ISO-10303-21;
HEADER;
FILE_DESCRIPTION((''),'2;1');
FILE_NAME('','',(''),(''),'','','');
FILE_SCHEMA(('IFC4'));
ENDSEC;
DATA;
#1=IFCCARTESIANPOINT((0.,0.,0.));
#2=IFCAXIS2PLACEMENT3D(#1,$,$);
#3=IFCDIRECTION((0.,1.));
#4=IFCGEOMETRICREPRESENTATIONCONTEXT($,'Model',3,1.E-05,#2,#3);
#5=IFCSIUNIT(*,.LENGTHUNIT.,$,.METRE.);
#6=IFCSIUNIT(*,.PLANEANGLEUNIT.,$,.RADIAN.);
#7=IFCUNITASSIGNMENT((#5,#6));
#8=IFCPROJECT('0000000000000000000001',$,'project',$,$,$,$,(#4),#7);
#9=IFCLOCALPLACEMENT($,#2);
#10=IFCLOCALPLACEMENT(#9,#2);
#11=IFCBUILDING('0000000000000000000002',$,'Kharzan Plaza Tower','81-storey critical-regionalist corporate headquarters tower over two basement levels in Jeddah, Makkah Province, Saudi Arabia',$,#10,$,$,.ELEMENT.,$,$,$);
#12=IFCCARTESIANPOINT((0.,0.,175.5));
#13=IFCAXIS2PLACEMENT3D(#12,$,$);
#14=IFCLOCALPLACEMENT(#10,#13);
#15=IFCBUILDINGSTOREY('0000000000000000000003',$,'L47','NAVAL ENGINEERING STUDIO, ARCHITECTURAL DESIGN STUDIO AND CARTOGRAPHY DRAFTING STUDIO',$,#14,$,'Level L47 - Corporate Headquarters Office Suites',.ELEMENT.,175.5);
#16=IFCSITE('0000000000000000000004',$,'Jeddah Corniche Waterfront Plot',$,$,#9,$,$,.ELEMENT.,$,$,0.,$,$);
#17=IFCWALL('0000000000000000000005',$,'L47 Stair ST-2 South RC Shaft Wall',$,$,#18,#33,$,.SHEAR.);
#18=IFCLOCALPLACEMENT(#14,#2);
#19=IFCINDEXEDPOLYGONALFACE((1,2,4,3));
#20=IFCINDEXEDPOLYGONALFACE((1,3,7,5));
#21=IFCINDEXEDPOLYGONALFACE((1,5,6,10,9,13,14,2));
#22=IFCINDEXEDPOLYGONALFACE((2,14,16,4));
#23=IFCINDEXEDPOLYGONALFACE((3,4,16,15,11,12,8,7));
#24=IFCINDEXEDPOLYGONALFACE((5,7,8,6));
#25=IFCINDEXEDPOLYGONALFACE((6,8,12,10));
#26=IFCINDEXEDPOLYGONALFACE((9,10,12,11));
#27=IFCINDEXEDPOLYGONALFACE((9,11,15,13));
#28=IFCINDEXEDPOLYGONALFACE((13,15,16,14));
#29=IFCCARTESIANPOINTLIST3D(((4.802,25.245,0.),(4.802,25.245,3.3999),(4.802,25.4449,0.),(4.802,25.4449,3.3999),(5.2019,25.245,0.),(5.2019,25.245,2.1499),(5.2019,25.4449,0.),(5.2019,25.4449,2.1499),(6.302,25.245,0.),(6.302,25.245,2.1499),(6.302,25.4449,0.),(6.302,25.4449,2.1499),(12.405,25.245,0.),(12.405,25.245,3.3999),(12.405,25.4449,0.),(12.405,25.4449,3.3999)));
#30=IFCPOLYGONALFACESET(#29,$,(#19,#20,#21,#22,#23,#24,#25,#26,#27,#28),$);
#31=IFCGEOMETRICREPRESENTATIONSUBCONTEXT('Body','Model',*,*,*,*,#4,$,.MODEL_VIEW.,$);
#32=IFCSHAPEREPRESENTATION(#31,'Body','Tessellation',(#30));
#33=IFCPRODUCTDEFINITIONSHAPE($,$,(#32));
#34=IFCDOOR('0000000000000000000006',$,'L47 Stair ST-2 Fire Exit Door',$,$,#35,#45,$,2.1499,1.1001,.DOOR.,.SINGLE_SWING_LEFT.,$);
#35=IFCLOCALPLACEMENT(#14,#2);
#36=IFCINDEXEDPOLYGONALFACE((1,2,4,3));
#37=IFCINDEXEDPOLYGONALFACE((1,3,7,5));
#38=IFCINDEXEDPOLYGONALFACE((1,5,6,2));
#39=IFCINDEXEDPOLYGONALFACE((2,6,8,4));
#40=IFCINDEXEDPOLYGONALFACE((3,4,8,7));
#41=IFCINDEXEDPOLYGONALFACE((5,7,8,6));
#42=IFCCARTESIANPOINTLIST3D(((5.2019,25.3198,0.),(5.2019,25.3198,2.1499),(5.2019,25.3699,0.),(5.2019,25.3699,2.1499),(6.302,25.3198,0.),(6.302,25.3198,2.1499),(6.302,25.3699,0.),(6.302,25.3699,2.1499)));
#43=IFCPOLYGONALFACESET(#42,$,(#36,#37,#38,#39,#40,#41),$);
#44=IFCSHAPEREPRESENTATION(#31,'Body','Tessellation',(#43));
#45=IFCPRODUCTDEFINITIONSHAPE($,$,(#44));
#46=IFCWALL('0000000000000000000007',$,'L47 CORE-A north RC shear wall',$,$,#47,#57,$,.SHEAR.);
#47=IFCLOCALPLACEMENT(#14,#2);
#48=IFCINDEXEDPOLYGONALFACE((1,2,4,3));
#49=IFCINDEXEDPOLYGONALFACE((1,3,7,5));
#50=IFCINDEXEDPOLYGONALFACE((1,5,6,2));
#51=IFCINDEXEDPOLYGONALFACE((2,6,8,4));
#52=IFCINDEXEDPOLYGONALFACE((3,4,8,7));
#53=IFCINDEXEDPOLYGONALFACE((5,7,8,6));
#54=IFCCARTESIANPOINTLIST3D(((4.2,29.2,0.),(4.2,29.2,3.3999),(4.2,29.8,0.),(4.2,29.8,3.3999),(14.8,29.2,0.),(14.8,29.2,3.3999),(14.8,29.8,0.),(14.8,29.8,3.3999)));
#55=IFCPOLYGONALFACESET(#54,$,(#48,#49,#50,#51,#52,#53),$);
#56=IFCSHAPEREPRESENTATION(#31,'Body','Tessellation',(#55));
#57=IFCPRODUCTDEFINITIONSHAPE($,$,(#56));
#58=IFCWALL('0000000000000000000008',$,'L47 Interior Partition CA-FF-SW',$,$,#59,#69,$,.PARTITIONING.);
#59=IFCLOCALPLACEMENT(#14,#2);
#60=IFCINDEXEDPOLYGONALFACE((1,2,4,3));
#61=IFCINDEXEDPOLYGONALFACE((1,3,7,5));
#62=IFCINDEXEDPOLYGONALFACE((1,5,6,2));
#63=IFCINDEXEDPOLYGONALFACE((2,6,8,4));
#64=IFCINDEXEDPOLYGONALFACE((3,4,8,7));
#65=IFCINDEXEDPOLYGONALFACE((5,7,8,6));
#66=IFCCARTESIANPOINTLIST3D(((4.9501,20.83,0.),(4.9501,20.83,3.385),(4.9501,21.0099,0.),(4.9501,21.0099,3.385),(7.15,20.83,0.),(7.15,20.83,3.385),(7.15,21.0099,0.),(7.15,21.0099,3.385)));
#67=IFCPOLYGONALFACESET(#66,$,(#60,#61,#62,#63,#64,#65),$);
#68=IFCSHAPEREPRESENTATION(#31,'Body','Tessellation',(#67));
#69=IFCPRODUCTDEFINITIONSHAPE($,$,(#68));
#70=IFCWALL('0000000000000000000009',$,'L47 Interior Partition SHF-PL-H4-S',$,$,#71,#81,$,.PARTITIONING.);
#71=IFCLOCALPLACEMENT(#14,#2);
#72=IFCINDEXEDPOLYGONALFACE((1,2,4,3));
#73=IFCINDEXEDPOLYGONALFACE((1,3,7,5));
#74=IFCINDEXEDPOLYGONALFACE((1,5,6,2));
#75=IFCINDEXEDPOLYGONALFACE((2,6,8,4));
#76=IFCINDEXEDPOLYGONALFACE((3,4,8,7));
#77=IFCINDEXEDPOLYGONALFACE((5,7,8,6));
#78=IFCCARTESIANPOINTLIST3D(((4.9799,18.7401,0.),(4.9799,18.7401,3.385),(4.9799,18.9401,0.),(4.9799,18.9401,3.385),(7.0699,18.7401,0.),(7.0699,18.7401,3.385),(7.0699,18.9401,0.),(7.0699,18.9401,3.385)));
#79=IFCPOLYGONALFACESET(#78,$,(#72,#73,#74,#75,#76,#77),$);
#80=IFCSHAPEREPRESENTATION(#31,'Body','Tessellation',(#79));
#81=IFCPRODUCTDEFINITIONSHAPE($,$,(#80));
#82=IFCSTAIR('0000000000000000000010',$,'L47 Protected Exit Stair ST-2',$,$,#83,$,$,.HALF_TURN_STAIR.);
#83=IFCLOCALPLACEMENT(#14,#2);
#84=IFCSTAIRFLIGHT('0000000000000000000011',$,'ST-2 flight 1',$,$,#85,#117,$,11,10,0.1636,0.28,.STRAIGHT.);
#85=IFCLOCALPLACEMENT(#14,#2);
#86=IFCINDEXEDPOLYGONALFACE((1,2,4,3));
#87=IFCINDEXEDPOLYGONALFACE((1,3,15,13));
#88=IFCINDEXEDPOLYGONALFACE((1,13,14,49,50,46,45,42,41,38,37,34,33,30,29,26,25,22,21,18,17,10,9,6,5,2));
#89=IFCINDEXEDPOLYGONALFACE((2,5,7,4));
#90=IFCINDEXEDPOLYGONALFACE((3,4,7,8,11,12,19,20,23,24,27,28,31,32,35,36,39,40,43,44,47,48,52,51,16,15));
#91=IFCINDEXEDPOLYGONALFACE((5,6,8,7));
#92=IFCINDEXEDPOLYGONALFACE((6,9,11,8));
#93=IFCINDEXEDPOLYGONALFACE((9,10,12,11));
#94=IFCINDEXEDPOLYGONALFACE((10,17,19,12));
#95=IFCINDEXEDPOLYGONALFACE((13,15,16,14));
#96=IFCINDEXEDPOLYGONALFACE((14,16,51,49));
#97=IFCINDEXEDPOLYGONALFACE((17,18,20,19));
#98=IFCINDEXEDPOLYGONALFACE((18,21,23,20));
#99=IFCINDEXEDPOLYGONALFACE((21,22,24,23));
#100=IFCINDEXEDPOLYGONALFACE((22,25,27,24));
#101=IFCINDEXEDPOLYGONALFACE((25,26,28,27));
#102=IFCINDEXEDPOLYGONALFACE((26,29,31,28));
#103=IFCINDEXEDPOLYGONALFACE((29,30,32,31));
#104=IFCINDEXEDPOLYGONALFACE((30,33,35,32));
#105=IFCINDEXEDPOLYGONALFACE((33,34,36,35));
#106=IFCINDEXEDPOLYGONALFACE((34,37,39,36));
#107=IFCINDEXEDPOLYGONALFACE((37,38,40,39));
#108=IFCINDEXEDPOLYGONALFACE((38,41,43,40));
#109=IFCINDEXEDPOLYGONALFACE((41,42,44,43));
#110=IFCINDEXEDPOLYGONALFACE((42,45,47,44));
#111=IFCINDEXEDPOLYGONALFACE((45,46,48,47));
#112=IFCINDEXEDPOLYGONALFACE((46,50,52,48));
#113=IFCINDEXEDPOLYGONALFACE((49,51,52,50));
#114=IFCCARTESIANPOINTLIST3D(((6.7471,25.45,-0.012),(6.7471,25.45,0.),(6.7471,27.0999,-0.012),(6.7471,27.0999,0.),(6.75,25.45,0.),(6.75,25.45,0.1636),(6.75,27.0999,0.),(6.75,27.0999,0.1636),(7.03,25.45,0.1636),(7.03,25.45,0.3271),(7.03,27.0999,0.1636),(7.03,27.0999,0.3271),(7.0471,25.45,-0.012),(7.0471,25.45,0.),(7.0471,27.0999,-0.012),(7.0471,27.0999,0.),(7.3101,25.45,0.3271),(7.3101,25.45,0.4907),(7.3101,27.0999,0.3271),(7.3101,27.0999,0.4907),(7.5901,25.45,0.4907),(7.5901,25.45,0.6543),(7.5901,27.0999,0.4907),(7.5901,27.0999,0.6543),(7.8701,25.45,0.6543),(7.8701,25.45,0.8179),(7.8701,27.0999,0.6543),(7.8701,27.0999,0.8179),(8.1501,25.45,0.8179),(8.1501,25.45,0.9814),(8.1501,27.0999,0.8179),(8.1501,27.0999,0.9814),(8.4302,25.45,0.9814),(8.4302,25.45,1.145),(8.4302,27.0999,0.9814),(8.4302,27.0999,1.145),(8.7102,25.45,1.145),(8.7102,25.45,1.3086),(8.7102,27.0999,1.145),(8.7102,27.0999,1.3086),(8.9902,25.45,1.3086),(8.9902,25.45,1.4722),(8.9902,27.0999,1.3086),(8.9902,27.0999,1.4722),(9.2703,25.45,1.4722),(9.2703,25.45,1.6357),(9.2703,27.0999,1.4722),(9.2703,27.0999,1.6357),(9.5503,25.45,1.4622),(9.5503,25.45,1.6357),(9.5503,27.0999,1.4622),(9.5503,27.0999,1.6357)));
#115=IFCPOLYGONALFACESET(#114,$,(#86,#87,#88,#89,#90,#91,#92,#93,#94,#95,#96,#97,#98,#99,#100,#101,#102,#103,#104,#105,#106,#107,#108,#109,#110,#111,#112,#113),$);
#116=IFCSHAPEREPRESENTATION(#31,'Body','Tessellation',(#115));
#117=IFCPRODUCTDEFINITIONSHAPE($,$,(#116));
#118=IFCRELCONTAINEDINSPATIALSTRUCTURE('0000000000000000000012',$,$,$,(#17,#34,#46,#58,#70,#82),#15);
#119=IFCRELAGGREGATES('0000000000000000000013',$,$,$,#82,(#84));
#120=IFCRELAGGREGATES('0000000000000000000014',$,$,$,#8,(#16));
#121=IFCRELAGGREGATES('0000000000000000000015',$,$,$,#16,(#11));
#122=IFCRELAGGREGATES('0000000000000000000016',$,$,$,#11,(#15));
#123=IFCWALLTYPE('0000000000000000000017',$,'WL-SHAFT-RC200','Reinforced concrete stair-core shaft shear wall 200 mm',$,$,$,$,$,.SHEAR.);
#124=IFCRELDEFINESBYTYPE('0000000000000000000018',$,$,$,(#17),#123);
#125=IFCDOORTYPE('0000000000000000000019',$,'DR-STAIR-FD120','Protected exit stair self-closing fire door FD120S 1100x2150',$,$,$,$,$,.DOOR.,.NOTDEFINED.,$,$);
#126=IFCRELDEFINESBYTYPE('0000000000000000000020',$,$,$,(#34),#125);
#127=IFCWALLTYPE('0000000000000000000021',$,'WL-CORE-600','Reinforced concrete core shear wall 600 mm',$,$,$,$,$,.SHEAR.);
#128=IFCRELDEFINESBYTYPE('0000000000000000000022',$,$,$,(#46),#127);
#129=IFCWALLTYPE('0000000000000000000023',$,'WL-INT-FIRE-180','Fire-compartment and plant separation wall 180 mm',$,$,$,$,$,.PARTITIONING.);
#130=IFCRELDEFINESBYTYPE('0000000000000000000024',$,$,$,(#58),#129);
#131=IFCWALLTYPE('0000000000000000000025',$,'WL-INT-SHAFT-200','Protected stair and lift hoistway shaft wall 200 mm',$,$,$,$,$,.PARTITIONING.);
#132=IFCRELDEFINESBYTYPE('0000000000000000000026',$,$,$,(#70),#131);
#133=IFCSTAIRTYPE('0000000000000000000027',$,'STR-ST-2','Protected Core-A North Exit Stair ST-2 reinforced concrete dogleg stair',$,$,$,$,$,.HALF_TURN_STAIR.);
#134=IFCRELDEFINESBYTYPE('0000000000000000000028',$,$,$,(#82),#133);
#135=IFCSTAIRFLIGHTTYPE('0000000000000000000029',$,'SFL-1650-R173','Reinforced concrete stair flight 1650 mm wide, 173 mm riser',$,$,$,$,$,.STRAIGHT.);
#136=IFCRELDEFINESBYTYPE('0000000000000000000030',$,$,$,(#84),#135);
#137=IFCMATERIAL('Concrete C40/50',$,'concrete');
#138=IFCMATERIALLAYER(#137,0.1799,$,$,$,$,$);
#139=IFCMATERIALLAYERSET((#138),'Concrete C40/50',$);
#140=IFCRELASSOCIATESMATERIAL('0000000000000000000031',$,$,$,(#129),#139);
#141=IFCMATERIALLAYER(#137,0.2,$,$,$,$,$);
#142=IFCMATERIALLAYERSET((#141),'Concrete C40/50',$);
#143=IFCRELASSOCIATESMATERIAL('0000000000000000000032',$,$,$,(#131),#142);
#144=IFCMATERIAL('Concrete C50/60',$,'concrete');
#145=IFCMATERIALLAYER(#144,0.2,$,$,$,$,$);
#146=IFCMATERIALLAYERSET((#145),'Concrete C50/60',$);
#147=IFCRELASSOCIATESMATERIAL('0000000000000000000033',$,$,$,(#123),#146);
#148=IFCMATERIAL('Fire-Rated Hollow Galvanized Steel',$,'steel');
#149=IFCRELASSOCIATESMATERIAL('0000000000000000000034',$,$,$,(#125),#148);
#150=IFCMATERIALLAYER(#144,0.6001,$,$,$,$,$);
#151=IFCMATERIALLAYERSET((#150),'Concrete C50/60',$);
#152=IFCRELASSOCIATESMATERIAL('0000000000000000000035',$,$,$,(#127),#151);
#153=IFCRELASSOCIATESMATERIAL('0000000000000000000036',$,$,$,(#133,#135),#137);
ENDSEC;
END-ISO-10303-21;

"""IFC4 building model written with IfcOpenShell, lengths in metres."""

from ifc_helpers import new_model, si_unit, direction, frame, frame_2d, origin, place, context, subcontext, project, spatial, polyline, rectangle, outline, extrude, source, transform, mapped, material, layer, layer_set, type_object, element, fill, aggregate, save


model = new_model("IFC4")

# Units and contexts
model_context = context("Model", 3, precision=1e-05, world=origin(), true_north=direction((0.0, 1.0)))
body_context = subcontext(model_context, "Body", "Model", "MODEL_VIEW")
ifc_project = project(units=[si_unit("LENGTHUNIT", "METRE"), si_unit("PLANEANGLEUNIT", "RADIAN")], contexts=[model_context])

# Site, building, storey
site_placement = place(None, origin())
site = spatial("IfcSite", under=ifc_project, at=site_placement, Name="Jeddah Corniche Waterfront Plot", CompositionType="ELEMENT", RefElevation=0.0)
building_placement = place(site_placement, origin())
building = spatial("IfcBuilding", under=site, at=building_placement, Name="Kharzan Plaza Tower", Description="81-storey critical-regionalist corporate headquarters tower over two basement levels in Jeddah, Makkah Province, Saudi Arabia", CompositionType="ELEMENT")
storey_placement = place(building_placement, frame((0.0, 0.0, 175.5)))
storey = spatial("IfcBuildingStorey", under=building, at=storey_placement, Name="L47", Description="NAVAL ENGINEERING STUDIO, ARCHITECTURAL DESIGN STUDIO AND CARTOGRAPHY DRAFTING STUDIO", LongName="Level L47 - Corporate Headquarters Office Suites", CompositionType="ELEMENT", Elevation=175.5)

# Shared definitions
ifc_material_1 = material(Name="Concrete C50/60", Category="concrete")

# Shared definitions
ifc_material_2 = material(Name="Concrete C40/50", Category="concrete")

# Wall, opening, door
ifc_layer_1 = layer(ifc_material_2, 0.1799)
ifc_layer_set_1 = layer_set([ifc_layer_1], Name="Concrete C40/50")
wall_type_1 = type_object("IfcWallType", Name="WL-INT-FIRE-180", Description="Fire-compartment and plant separation wall 180 mm", PredefinedType="PARTITIONING", material=ifc_layer_set_1)
ifc_layer_2 = layer(ifc_material_2, 0.2)
ifc_layer_set_2 = layer_set([ifc_layer_2], Name="Concrete C40/50")
wall_type_2 = type_object("IfcWallType", Name="WL-INT-SHAFT-200", Description="Protected stair and lift hoistway shaft wall 200 mm", PredefinedType="PARTITIONING", material=ifc_layer_set_2)
ifc_layer_3 = layer(ifc_material_1, 0.2)
ifc_layer_set_3 = layer_set([ifc_layer_3], Name="Concrete C50/60")
wall_type_3 = type_object("IfcWallType", Name="WL-SHAFT-RC200", Description="Reinforced concrete stair-core shaft shear wall 200 mm", PredefinedType="SHEAR", material=ifc_layer_set_3)
wall_1_placement = place(storey_placement, frame((4.802, 25.345, 0.0), z_axis=(0.0, 0.0, 1.0), x_axis=(1.0, 0.0, 0.0)))
wall_1 = element("IfcWall", 1, at=wall_1_placement, inside=storey, type_object=wall_type_3, Name="L47 Stair ST-2 South RC Shaft Wall", PredefinedType="SHEAR", context=body_context, shape_type="SweptSolid", body=[
    extrude(rectangle(XDim=7.603, YDim=0.2, at=frame_2d((3.8015, 0.0))), origin(), (0.0, 0.0, 1.0), 3.3999),
])
opening_1_placement = place(wall_1_placement, frame((0.3999, 0.0, 0.0)))
opening_1 = element("IfcOpeningElement", 2, at=opening_1_placement, cuts=wall_1, PredefinedType="OPENING", context=body_context, shape_type="SweptSolid", body=[
    extrude(rectangle(XDim=1.1001, YDim=2.1499, at=frame_2d((0.55, 1.075))), frame((0.0, 0.1099, 0.0), z_axis=(0.0, -1.0, 0.0), x_axis=(1.0, 0.0, 0.0)), (0.0, 0.0, 1.0), 0.22),
])
ifc_material_3 = material(Name="Fire-Rated Hollow Galvanized Steel", Category="steel")
door_type_1 = type_object("IfcDoorType", Name="DR-STAIR-FD120", Description="Protected exit stair self-closing fire door FD120S 1100x2150", OperationType="NOTDEFINED", PredefinedType="DOOR", material=ifc_material_3)
shared_shape_1 = source(origin(), body_context, "Body", "SweptSolid", [
    extrude(rectangle(XDim=1.1001, YDim=2.1499, at=frame_2d((0.55, 1.075))), frame((0.0, 0.0249, 0.0), z_axis=(0.0, -1.0, 0.0), x_axis=(1.0, 0.0, 0.0)), (0.0, 0.0, 1.0), 0.05),
])
door_1_placement = place(opening_1_placement, origin())
door_1 = element("IfcDoor", 3, at=door_1_placement, inside=storey, type_object=door_type_1, Name="L47 Stair ST-2 Fire Exit Door", OperationType="SINGLE_SWING_LEFT", OverallHeight=2.1499, OverallWidth=1.1001, PredefinedType="DOOR", context=body_context, shape_type="MappedRepresentation", body=[
    mapped(shared_shape_1, transform((0.0, 0.0, 0.0), x_axis=(1.0, 0.0, 0.0), y_axis=(0.0, 1.0, 0.0), z_axis=(0.0, 0.0, 1.0))),
])
fill(opening_1, door_1)

# Walls
ifc_layer_4 = layer(ifc_material_1, 0.6001)
ifc_layer_set_4 = layer_set([ifc_layer_4], Name="Concrete C50/60")
wall_type_4 = type_object("IfcWallType", Name="WL-CORE-600", Description="Reinforced concrete core shear wall 600 mm", PredefinedType="SHEAR", material=ifc_layer_set_4)
shared_shape_2 = source(origin(), body_context, "Body", "SweptSolid", [
    extrude(rectangle(XDim=10.6001, YDim=0.6001, at=frame_2d((5.3, 0.0))), origin(), (0.0, 0.0, 1.0), 3.3999),
])
wall_2_placement = place(storey_placement, frame((4.2, 29.5, 0.0), z_axis=(0.0, 0.0, 1.0), x_axis=(1.0, 0.0, 0.0)))
element("IfcWall", 4, at=wall_2_placement, inside=storey, type_object=wall_type_4, Name="L47 CORE-A north RC shear wall", PredefinedType="SHEAR", context=body_context, shape_type="MappedRepresentation", body=[
    mapped(shared_shape_2, transform((0.0, 0.0, 0.0), x_axis=(1.0, 0.0, 0.0), y_axis=(0.0, 1.0, 0.0), z_axis=(0.0, 0.0, 1.0))),
])
shared_shape_3 = source(origin(), body_context, "Body", "SweptSolid", [
    extrude(rectangle(XDim=2.2, YDim=0.1799, at=frame_2d((1.1001, 0.0))), origin(), (0.0, 0.0, 1.0), 3.385),
])
wall_3_placement = place(storey_placement, frame((4.95, 20.9199, 0.0), z_axis=(0.0, 0.0, 1.0), x_axis=(1.0, 0.0, 0.0)))
element("IfcWall", 5, at=wall_3_placement, inside=storey, type_object=wall_type_1, Name="L47 Interior Partition CA-FF-SW", PredefinedType="PARTITIONING", context=body_context, shape_type="MappedRepresentation", body=[
    mapped(shared_shape_3, transform((0.0, 0.0, 0.0), x_axis=(1.0, 0.0, 0.0), y_axis=(0.0, 1.0, 0.0), z_axis=(0.0, 0.0, 1.0))),
])
shared_shape_4 = source(origin(), body_context, "Body", "SweptSolid", [
    extrude(rectangle(XDim=2.0901, YDim=0.2, at=frame_2d((1.0449, 0.0))), origin(), (0.0, 0.0, 1.0), 3.385),
])
wall_4_placement = place(storey_placement, frame((4.98, 18.8401, 0.0), z_axis=(0.0, 0.0, 1.0), x_axis=(1.0, 0.0, 0.0)))
element("IfcWall", 6, at=wall_4_placement, inside=storey, type_object=wall_type_2, Name="L47 Interior Partition SHF-PL-H4-S", PredefinedType="PARTITIONING", context=body_context, shape_type="MappedRepresentation", body=[
    mapped(shared_shape_4, transform((0.0, 0.0, 0.0), x_axis=(1.0, 0.0, 0.0), y_axis=(0.0, 1.0, 0.0), z_axis=(0.0, 0.0, 1.0))),
])

# Stair, stair flight
stair_type = type_object("IfcStairType", Name="STR-ST-2", Description="Protected Core-A North Exit Stair ST-2 reinforced concrete dogleg stair", PredefinedType="HALF_TURN_STAIR", material=ifc_material_2)
stair_placement = place(storey_placement, origin())
stair = element("IfcStair", 7, at=stair_placement, inside=storey, type_object=stair_type, Name="L47 Protected Exit Stair ST-2", PredefinedType="HALF_TURN_STAIR")
stair_flight_type = type_object("IfcStairFlightType", Name="SFL-1650-R173", Description="Reinforced concrete stair flight 1650 mm wide, 173 mm riser", PredefinedType="STRAIGHT", material=ifc_material_2)
shared_shape_5 = source(origin(), body_context, "Body", "SweptSolid", [
    extrude(outline(polyline([(-0.0029, -0.012), (-0.0029, 0.0), (0.0, 0.0), (0.0, 0.1636), (0.28, 0.1636), (0.28, 0.3271), (0.5601, 0.3271), (0.5601, 0.4907), (0.8401, 0.4907), (0.8401, 0.6543), (1.1201, 0.6543), (1.1201, 0.8179), (1.4001, 0.8179), (1.4001, 0.9814), (1.6802, 0.9814), (1.6802, 1.145), (1.9602, 1.145), (1.9602, 1.3086), (2.2402, 1.3086), (2.2402, 1.4722), (2.5203, 1.4722), (2.5203, 1.6357), (2.8003, 1.6357), (2.8003, 1.7993), (2.8003, 1.4622), (0.2971, 0.0), (0.2971, -0.012), (-0.0029, -0.012)])), frame((0.0, 0.825, 0.0), z_axis=(0.0, -1.0, 0.0), x_axis=(1.0, 0.0, 0.0)), (0.0, 0.0, 1.0), 1.6499),
])
stair_flight_placement = place(storey_placement, frame((6.75, 26.2749, 0.0), z_axis=(0.0, 0.0, 1.0), x_axis=(1.0, 0.0, 0.0)))
stair_flight = element("IfcStairFlight", 8, at=stair_flight_placement, type_object=stair_flight_type, Name="ST-2 flight 1", NumberOfRisers=11, NumberOfTreads=10, PredefinedType="STRAIGHT", RiserHeight=0.1636, TreadLength=0.28, context=body_context, shape_type="MappedRepresentation", body=[
    mapped(shared_shape_5, transform((0.0, 0.0, 0.0), x_axis=(1.0, 0.0, 0.0), y_axis=(0.0, 1.0, 0.0), z_axis=(0.0, 0.0, 1.0))),
])
aggregate(stair, [stair_flight])

save(model, "model.ifc")
